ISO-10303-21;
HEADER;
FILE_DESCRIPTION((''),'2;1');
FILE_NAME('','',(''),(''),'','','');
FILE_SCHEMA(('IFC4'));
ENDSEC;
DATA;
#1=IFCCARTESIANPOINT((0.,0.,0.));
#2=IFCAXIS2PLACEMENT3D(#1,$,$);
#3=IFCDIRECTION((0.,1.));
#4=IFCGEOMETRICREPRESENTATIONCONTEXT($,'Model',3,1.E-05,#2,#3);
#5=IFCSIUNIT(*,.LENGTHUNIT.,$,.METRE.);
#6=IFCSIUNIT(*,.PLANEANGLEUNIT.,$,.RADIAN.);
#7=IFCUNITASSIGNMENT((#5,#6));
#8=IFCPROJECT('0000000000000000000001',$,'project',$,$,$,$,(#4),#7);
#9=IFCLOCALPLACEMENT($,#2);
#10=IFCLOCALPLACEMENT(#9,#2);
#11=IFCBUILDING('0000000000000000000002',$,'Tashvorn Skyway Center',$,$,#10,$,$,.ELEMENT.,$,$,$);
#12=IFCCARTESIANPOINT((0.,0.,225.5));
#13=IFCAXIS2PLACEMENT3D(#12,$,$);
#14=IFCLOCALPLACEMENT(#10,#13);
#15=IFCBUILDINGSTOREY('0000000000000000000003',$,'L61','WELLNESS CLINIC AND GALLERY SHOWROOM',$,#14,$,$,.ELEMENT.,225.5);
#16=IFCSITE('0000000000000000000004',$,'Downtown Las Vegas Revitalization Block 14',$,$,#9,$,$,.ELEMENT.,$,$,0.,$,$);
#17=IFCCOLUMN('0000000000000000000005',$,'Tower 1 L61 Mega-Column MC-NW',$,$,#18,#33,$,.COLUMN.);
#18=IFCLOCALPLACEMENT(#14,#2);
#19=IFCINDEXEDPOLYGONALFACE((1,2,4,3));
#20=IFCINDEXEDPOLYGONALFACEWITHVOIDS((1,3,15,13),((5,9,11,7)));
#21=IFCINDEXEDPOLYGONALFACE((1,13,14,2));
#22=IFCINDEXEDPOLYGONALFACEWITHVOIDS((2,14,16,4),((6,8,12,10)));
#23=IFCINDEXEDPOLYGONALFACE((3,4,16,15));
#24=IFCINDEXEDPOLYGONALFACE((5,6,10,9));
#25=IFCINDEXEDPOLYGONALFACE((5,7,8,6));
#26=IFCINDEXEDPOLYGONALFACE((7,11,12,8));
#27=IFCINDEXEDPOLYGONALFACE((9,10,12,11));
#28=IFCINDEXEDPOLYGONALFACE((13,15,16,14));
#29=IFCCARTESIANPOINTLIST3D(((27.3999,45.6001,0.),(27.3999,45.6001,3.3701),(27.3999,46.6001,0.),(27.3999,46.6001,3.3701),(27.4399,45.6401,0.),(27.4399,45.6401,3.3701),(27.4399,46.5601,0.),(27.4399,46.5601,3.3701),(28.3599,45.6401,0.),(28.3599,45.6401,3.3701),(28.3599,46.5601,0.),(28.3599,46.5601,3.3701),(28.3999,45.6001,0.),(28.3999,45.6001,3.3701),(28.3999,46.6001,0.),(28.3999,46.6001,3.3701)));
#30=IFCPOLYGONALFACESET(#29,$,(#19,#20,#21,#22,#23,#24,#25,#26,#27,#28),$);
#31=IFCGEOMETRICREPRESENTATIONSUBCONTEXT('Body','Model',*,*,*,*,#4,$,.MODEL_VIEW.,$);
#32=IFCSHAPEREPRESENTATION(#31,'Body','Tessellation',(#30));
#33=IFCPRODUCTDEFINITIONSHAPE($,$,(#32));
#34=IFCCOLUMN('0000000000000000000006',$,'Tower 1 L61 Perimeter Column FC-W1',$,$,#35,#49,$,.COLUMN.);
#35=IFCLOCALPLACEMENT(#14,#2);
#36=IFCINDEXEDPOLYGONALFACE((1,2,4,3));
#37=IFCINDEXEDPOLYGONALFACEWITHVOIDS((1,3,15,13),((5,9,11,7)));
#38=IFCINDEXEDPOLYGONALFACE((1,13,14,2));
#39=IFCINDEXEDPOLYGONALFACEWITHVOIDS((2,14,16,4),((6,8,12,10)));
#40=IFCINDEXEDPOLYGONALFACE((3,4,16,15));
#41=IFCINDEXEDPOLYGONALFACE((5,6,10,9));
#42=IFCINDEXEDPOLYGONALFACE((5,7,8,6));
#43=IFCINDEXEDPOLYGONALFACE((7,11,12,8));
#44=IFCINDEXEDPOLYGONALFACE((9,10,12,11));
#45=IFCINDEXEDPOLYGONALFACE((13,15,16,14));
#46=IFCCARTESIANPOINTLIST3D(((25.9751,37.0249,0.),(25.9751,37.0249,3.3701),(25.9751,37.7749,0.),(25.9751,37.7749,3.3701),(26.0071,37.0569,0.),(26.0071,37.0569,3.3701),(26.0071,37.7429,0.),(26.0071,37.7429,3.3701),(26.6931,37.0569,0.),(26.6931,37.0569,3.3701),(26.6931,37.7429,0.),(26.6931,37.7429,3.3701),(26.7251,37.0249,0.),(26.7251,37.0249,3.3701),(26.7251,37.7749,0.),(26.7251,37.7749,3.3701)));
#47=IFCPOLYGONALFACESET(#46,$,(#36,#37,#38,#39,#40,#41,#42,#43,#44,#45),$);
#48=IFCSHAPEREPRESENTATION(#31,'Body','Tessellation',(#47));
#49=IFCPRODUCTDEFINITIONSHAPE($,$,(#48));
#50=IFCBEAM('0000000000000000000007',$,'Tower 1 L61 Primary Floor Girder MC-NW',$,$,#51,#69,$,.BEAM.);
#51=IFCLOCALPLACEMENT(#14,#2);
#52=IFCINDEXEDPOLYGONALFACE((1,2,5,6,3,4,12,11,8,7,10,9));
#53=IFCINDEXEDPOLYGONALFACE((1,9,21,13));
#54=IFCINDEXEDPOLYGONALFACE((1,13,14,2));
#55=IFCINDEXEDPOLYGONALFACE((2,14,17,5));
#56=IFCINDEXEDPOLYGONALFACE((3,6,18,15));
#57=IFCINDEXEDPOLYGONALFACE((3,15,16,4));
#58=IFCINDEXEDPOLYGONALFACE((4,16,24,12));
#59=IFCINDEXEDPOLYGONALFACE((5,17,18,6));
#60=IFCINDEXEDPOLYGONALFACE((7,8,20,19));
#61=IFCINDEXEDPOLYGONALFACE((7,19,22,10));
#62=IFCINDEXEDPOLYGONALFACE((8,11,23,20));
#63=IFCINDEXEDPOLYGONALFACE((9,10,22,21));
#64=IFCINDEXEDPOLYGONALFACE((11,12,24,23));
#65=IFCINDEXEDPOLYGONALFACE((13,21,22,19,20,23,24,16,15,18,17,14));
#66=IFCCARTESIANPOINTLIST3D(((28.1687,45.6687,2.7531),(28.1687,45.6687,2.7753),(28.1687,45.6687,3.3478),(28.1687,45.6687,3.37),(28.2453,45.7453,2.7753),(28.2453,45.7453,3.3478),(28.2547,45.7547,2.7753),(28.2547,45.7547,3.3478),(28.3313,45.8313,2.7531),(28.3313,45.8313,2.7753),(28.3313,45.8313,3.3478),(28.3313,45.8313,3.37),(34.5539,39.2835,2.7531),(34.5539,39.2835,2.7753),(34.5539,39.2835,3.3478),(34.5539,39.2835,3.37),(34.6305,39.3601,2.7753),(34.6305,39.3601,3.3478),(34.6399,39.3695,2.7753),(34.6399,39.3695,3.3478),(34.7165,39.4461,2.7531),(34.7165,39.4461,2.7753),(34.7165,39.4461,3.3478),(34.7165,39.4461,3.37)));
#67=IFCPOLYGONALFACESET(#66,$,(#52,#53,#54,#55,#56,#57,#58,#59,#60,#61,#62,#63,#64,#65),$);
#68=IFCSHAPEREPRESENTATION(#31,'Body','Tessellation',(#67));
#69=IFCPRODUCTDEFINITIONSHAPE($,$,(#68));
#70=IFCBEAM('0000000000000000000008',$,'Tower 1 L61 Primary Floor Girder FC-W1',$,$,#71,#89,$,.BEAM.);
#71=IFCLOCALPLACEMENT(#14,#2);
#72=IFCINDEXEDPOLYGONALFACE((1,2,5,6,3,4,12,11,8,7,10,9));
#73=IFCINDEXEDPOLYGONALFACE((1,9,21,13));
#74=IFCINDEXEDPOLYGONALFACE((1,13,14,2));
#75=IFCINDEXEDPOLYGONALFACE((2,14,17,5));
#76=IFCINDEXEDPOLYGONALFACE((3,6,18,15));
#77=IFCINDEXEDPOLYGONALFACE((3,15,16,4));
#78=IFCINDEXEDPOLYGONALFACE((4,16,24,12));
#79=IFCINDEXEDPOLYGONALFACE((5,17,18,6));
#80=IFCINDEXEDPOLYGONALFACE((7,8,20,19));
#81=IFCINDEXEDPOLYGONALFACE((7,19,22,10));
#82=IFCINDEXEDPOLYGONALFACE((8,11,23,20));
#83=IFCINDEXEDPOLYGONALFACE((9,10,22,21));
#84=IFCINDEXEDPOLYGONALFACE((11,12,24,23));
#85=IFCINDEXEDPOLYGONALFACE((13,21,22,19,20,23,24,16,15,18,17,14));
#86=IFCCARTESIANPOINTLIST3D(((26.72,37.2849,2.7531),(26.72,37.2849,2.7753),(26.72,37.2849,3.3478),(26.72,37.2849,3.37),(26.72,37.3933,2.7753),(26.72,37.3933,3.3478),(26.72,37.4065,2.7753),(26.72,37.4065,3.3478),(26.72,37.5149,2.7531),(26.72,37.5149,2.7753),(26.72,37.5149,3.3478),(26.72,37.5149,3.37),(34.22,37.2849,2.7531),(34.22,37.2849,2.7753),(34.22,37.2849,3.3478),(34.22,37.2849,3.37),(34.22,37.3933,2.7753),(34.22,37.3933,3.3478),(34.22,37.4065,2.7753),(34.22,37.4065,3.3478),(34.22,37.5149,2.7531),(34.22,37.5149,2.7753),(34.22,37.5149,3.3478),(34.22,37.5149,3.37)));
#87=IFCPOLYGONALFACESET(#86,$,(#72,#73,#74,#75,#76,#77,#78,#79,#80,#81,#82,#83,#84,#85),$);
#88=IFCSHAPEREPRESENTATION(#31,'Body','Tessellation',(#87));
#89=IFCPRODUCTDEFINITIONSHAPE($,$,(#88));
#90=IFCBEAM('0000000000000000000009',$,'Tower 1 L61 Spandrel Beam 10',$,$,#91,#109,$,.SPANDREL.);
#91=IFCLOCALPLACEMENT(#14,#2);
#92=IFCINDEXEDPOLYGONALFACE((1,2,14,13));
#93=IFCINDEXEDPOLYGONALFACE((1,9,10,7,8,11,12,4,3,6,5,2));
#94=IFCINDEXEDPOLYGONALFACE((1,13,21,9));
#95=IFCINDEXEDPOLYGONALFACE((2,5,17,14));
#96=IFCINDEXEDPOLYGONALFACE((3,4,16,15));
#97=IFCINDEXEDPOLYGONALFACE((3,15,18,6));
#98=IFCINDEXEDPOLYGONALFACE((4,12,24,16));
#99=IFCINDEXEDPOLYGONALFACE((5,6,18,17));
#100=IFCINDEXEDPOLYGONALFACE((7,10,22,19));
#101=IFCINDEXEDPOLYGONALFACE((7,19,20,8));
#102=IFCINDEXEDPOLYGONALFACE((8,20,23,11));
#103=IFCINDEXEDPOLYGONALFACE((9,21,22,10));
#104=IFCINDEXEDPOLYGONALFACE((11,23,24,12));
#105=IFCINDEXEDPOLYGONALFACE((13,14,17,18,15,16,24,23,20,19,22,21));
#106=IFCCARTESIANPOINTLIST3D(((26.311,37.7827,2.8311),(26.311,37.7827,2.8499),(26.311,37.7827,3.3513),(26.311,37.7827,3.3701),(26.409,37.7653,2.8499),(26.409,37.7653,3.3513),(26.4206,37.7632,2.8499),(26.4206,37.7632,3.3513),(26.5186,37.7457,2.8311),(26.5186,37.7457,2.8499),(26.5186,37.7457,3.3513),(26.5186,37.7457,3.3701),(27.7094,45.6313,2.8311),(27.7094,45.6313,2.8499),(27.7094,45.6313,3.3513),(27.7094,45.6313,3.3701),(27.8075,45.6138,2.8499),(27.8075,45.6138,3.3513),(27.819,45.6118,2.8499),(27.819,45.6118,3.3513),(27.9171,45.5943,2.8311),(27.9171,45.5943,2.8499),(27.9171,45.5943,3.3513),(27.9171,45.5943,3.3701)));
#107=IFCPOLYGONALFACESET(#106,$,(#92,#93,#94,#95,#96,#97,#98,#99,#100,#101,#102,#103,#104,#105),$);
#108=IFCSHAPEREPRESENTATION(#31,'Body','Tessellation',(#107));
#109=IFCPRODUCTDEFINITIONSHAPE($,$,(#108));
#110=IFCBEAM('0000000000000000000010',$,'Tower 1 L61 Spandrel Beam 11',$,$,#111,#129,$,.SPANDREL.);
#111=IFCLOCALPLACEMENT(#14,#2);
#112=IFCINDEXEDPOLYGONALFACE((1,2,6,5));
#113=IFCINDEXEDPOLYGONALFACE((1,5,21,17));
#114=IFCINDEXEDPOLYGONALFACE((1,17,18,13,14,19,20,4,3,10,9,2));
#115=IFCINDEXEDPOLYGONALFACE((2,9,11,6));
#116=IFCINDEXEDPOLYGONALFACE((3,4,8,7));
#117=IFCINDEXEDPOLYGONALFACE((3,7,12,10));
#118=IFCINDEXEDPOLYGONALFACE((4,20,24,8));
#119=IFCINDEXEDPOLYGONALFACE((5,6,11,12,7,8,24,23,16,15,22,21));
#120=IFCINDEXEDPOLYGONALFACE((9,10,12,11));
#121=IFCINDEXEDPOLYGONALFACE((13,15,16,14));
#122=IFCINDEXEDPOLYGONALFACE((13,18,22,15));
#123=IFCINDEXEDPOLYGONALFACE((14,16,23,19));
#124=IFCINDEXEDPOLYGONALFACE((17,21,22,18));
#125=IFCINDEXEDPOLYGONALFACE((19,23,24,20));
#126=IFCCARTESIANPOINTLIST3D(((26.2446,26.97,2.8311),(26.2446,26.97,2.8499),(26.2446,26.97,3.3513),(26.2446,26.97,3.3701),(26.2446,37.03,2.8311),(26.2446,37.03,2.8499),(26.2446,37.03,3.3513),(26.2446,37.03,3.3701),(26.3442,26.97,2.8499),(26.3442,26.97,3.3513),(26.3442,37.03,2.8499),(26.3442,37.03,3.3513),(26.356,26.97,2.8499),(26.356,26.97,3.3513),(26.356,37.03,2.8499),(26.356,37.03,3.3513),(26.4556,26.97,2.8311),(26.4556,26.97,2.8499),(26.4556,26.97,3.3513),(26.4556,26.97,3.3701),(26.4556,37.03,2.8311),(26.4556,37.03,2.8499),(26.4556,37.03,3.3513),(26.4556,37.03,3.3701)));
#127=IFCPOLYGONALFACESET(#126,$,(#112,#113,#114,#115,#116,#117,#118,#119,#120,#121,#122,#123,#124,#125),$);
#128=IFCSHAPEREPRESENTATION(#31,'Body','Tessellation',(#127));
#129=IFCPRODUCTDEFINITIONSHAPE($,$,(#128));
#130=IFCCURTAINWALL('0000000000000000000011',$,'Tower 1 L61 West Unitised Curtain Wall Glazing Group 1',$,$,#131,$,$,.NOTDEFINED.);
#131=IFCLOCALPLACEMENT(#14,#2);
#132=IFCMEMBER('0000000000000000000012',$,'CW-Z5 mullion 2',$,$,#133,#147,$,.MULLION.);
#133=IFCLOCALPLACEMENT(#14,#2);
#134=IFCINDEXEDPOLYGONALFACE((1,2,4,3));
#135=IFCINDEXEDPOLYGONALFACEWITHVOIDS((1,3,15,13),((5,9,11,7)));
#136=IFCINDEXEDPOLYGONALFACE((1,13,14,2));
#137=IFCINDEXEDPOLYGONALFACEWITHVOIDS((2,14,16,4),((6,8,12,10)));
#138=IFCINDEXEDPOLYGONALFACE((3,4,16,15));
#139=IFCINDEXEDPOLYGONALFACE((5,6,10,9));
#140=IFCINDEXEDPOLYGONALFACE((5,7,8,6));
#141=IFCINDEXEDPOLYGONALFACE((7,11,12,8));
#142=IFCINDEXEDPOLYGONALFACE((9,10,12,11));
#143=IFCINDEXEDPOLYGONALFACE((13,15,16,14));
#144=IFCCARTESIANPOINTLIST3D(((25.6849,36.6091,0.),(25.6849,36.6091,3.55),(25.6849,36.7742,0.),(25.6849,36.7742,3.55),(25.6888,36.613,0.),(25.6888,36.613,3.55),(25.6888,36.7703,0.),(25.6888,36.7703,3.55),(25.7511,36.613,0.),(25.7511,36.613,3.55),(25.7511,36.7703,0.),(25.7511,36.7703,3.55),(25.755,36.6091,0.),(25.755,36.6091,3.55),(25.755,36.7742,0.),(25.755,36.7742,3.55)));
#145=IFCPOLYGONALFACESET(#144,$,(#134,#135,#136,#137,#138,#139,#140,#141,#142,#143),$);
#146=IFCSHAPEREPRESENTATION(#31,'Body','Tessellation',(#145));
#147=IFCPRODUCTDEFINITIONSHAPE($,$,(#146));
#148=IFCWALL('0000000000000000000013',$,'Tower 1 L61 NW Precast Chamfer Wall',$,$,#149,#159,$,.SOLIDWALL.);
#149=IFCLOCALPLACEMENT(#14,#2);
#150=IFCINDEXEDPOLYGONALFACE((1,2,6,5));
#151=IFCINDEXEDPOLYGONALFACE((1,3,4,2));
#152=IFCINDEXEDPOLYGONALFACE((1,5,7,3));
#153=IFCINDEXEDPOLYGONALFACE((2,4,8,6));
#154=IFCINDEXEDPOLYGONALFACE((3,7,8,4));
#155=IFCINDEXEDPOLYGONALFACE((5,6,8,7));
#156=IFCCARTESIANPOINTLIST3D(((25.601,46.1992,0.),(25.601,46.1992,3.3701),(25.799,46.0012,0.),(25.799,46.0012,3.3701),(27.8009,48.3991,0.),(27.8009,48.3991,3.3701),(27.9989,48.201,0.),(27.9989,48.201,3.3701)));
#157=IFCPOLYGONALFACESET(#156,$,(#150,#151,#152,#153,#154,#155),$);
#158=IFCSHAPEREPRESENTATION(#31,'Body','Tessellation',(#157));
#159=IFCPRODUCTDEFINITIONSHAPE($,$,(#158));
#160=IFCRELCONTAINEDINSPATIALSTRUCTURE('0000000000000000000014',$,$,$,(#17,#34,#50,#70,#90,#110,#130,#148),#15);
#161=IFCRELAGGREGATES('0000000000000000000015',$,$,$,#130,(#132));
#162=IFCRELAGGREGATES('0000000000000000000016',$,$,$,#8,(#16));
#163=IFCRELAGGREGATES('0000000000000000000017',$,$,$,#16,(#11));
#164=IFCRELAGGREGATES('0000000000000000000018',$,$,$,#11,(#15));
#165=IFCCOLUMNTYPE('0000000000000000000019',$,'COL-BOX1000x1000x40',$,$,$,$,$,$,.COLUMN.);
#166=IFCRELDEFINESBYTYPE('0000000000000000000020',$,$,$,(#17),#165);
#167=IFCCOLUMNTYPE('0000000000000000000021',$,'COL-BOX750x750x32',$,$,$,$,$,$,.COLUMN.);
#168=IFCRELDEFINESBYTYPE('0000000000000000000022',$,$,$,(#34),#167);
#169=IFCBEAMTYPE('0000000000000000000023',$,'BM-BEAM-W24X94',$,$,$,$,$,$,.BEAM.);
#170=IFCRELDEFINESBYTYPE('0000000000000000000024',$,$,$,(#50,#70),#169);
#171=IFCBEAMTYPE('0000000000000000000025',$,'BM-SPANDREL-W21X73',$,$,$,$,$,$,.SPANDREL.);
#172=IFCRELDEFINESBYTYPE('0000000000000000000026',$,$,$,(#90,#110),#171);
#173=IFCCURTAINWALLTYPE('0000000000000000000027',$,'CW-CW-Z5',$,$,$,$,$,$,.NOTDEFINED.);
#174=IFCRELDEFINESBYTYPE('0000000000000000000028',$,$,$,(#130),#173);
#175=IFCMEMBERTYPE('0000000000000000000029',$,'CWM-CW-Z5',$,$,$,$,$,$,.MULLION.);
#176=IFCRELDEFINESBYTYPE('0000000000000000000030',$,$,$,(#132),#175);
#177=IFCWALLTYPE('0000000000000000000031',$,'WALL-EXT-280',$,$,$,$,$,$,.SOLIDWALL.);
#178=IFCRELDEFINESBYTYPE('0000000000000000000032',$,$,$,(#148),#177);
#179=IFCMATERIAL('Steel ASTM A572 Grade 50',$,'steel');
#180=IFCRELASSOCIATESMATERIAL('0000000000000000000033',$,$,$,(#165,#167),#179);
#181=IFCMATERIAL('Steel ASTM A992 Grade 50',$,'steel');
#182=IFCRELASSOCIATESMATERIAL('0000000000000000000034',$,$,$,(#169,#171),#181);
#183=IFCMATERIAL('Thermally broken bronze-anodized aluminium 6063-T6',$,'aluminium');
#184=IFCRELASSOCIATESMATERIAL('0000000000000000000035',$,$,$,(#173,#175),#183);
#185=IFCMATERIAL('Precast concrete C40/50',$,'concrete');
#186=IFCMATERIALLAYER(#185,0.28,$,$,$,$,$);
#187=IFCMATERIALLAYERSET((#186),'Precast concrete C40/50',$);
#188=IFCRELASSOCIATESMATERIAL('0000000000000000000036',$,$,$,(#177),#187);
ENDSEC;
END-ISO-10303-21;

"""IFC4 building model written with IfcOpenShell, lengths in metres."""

from ifc_helpers import new_model, si_unit, direction, frame, frame_2d, origin, origin_2d, place, context, subcontext, project, spatial, rectangle, hollow_rectangle, i_section, extrude, material, layer, layer_set, material_profile, profile_set, type_object, element, aggregate, save


model = new_model("IFC4")

# Units and contexts
model_context = context("Model", 3, precision=1e-05, world=origin(), true_north=direction((0.0, 1.0)))
body_context = subcontext(model_context, "Body", "Model", "MODEL_VIEW")
ifc_project = project(units=[si_unit("LENGTHUNIT", "METRE"), si_unit("PLANEANGLEUNIT", "RADIAN")], contexts=[model_context])

# Site, building, storey
site_placement = place(None, origin())
site = spatial("IfcSite", under=ifc_project, at=site_placement, Name="Downtown Las Vegas Revitalization Block 14", CompositionType="ELEMENT", RefElevation=0.0)
building_placement = place(site_placement, origin())
building = spatial("IfcBuilding", under=site, at=building_placement, Name="Tashvorn Skyway Center", CompositionType="ELEMENT")
storey_placement = place(building_placement, frame((0.0, 0.0, 225.5)))
storey = spatial("IfcBuildingStorey", under=building, at=storey_placement, Name="L61", Description="WELLNESS CLINIC AND GALLERY SHOWROOM", CompositionType="ELEMENT", Elevation=225.5)

# Columns
ifc_material_1 = material(Name="Steel ASTM A572 Grade 50", Category="steel")
ifc_material_profile_1 = material_profile(ifc_material_1, hollow_rectangle(XDim=1.0, YDim=1.0, WallThickness=0.04, at=origin_2d()), Name="BOX1000x1000x40")
ifc_profile_set_1 = profile_set([ifc_material_profile_1], Name="Steel ASTM A572 Grade 50")
column_type_1 = type_object("IfcColumnType", Name="COL-BOX1000x1000x40", PredefinedType="COLUMN", material=ifc_profile_set_1)
column_1_placement = place(storey_placement, frame((27.8999, 46.1001, 0.0), z_axis=(0.0, 0.0, 1.0), x_axis=(1.0, 0.0, 0.0)))
element("IfcColumn", 1, at=column_1_placement, inside=storey, type_object=column_type_1, Name="Tower 1 L61 Mega-Column MC-NW", PredefinedType="COLUMN", context=body_context, shape_type="SweptSolid", body=[
    extrude(hollow_rectangle(XDim=1.0, YDim=1.0, WallThickness=0.04, at=origin_2d()), origin(), (0.0, 0.0, 1.0), 3.3701),
])
ifc_material_profile_2 = material_profile(ifc_material_1, hollow_rectangle(XDim=0.75, YDim=0.75, WallThickness=0.032, at=origin_2d()), Name="BOX750x750x32")
ifc_profile_set_2 = profile_set([ifc_material_profile_2], Name="Steel ASTM A572 Grade 50")
column_type_2 = type_object("IfcColumnType", Name="COL-BOX750x750x32", PredefinedType="COLUMN", material=ifc_profile_set_2)
column_2_placement = place(storey_placement, frame((26.3501, 37.3999, 0.0), z_axis=(0.0, 0.0, 1.0), x_axis=(1.0, 0.0, 0.0)))
element("IfcColumn", 2, at=column_2_placement, inside=storey, type_object=column_type_2, Name="Tower 1 L61 Perimeter Column FC-W1", PredefinedType="COLUMN", context=body_context, shape_type="SweptSolid", body=[
    extrude(hollow_rectangle(XDim=0.75, YDim=0.75, WallThickness=0.032, at=origin_2d()), origin(), (0.0, 0.0, 1.0), 3.3701),
])

# Beams
ifc_material_2 = material(Name="Steel ASTM A992 Grade 50", Category="steel")
ifc_material_profile_3 = material_profile(ifc_material_2, i_section(OverallWidth=0.23, OverallDepth=0.6169, WebThickness=0.0132, FlangeThickness=0.0222, at=origin_2d()), Name="W24X94")
ifc_profile_set_3 = profile_set([ifc_material_profile_3], Name="Steel ASTM A992 Grade 50")
beam_type_1 = type_object("IfcBeamType", Name="BM-BEAM-W24X94", PredefinedType="BEAM", material=ifc_profile_set_3)
beam_1_placement = place(storey_placement, frame((28.25, 45.75, 3.0615), z_axis=(0.707107, -0.707107, 0.0), x_axis=(0.707107, 0.707107, 0.0)))
element("IfcBeam", 3, at=beam_1_placement, inside=storey, type_object=beam_type_1, Name="Tower 1 L61 Primary Floor Girder MC-NW", PredefinedType="BEAM", context=body_context, shape_type="SweptSolid", body=[
    extrude(i_section(OverallWidth=0.23, OverallDepth=0.6169, WebThickness=0.0132, FlangeThickness=0.0222, at=origin_2d()), origin(), (0.0, 0.0, 1.0), 9.03),
])
beam_2_placement = place(storey_placement, frame((26.72, 37.3999, 3.0615), z_axis=(1.0, 0.0, 0.0), x_axis=(0.0, 1.0, 0.0)))
element("IfcBeam", 4, at=beam_2_placement, inside=storey, type_object=beam_type_1, Name="Tower 1 L61 Primary Floor Girder FC-W1", PredefinedType="BEAM", context=body_context, shape_type="SweptSolid", body=[
    extrude(i_section(OverallWidth=0.23, OverallDepth=0.6169, WebThickness=0.0132, FlangeThickness=0.0222, at=origin_2d()), origin(), (0.0, 0.0, 1.0), 7.5),
])
ifc_material_profile_4 = material_profile(ifc_material_2, i_section(OverallWidth=0.2109, OverallDepth=0.5391, WebThickness=0.0117, FlangeThickness=0.0188, at=origin_2d()), Name="W21X73")
ifc_profile_set_4 = profile_set([ifc_material_profile_4], Name="Steel ASTM A992 Grade 50")
beam_type_2 = type_object("IfcBeamType", Name="BM-SPANDREL-W21X73", PredefinedType="SPANDREL", material=ifc_profile_set_4)
beam_3_placement = place(storey_placement, frame((27.8132, 45.6128, 3.1006), z_axis=(-0.175413, -0.984495, 0.0), x_axis=(0.984495, -0.175413, 0.0)))
element("IfcBeam", 5, at=beam_3_placement, inside=storey, type_object=beam_type_2, Name="Tower 1 L61 Spandrel Beam 10", PredefinedType="SPANDREL", context=body_context, shape_type="SweptSolid", body=[
    extrude(i_section(OverallWidth=0.2109, OverallDepth=0.5391, WebThickness=0.0117, FlangeThickness=0.0188, at=origin_2d()), origin(), (0.0, 0.0, 1.0), 7.9722),
])
beam_4_placement = place(storey_placement, frame((26.3501, 37.03, 3.1006), z_axis=(0.0, -1.0, 0.0), x_axis=(1.0, 0.0, 0.0)))
element("IfcBeam", 6, at=beam_4_placement, inside=storey, type_object=beam_type_2, Name="Tower 1 L61 Spandrel Beam 11", PredefinedType="SPANDREL", context=body_context, shape_type="SweptSolid", body=[
    extrude(i_section(OverallWidth=0.2109, OverallDepth=0.5391, WebThickness=0.0117, FlangeThickness=0.0188, at=origin_2d()), origin(), (0.0, 0.0, 1.0), 10.0601),
])

# Curtain wall, member
ifc_material_3 = material(Name="Thermally broken bronze-anodized aluminium 6063-T6", Category="aluminium")
curtain_wall_type = type_object("IfcCurtainWallType", Name="CW-CW-Z5", PredefinedType="NOTDEFINED", material=ifc_material_3)
curtain_wall_placement = place(storey_placement, origin())
curtain_wall = element("IfcCurtainWall", 7, at=curtain_wall_placement, inside=storey, type_object=curtain_wall_type, Name="Tower 1 L61 West Unitised Curtain Wall Glazing Group 1", PredefinedType="NOTDEFINED")
ifc_material_profile_5 = material_profile(ifc_material_3, hollow_rectangle(XDim=0.0701, YDim=0.165, WallThickness=0.0039, at=origin_2d()), Name="ALU-MULL-70x165")
ifc_profile_set_5 = profile_set([ifc_material_profile_5], Name="Thermally broken bronze-anodized aluminium 6063-T6")
member_type = type_object("IfcMemberType", Name="CWM-CW-Z5", PredefinedType="MULLION", material=ifc_profile_set_5)
member_placement = place(storey_placement, frame((25.72, 36.6917, 0.0), z_axis=(0.0, 0.0, 1.0), x_axis=(-1.0, 0.0, 0.0)))
member = element("IfcMember", 8, at=member_placement, type_object=member_type, Name="CW-Z5 mullion 2", PredefinedType="MULLION", context=body_context, shape_type="SweptSolid", body=[
    extrude(hollow_rectangle(XDim=0.0701, YDim=0.165, WallThickness=0.0039, at=origin_2d()), origin(), (0.0, 0.0, 1.0), 3.55),
])
aggregate(curtain_wall, [member])

# Wall
ifc_material_4 = material(Name="Precast concrete C40/50", Category="concrete")
ifc_layer_1 = layer(ifc_material_4, 0.28)
ifc_layer_set_1 = layer_set([ifc_layer_1], Name="Precast concrete C40/50")
wall_type_1 = type_object("IfcWallType", Name="WALL-EXT-280", PredefinedType="SOLIDWALL", material=ifc_layer_set_1)
wall_1_placement = place(storey_placement, frame((25.7, 46.1001, 0.0), z_axis=(0.0, 0.0, 1.0), x_axis=(0.707107, 0.707107, 0.0)))
element("IfcWall", 9, at=wall_1_placement, inside=storey, type_object=wall_type_1, Name="Tower 1 L61 NW Precast Chamfer Wall", PredefinedType="SOLIDWALL", context=body_context, shape_type="SweptSolid", body=[
    extrude(rectangle(XDim=3.1111, YDim=0.28, at=frame_2d((1.5557, 0.0))), origin(), (0.0, 0.0, 1.0), 3.3701),
])

save(model, "model.ifc")
